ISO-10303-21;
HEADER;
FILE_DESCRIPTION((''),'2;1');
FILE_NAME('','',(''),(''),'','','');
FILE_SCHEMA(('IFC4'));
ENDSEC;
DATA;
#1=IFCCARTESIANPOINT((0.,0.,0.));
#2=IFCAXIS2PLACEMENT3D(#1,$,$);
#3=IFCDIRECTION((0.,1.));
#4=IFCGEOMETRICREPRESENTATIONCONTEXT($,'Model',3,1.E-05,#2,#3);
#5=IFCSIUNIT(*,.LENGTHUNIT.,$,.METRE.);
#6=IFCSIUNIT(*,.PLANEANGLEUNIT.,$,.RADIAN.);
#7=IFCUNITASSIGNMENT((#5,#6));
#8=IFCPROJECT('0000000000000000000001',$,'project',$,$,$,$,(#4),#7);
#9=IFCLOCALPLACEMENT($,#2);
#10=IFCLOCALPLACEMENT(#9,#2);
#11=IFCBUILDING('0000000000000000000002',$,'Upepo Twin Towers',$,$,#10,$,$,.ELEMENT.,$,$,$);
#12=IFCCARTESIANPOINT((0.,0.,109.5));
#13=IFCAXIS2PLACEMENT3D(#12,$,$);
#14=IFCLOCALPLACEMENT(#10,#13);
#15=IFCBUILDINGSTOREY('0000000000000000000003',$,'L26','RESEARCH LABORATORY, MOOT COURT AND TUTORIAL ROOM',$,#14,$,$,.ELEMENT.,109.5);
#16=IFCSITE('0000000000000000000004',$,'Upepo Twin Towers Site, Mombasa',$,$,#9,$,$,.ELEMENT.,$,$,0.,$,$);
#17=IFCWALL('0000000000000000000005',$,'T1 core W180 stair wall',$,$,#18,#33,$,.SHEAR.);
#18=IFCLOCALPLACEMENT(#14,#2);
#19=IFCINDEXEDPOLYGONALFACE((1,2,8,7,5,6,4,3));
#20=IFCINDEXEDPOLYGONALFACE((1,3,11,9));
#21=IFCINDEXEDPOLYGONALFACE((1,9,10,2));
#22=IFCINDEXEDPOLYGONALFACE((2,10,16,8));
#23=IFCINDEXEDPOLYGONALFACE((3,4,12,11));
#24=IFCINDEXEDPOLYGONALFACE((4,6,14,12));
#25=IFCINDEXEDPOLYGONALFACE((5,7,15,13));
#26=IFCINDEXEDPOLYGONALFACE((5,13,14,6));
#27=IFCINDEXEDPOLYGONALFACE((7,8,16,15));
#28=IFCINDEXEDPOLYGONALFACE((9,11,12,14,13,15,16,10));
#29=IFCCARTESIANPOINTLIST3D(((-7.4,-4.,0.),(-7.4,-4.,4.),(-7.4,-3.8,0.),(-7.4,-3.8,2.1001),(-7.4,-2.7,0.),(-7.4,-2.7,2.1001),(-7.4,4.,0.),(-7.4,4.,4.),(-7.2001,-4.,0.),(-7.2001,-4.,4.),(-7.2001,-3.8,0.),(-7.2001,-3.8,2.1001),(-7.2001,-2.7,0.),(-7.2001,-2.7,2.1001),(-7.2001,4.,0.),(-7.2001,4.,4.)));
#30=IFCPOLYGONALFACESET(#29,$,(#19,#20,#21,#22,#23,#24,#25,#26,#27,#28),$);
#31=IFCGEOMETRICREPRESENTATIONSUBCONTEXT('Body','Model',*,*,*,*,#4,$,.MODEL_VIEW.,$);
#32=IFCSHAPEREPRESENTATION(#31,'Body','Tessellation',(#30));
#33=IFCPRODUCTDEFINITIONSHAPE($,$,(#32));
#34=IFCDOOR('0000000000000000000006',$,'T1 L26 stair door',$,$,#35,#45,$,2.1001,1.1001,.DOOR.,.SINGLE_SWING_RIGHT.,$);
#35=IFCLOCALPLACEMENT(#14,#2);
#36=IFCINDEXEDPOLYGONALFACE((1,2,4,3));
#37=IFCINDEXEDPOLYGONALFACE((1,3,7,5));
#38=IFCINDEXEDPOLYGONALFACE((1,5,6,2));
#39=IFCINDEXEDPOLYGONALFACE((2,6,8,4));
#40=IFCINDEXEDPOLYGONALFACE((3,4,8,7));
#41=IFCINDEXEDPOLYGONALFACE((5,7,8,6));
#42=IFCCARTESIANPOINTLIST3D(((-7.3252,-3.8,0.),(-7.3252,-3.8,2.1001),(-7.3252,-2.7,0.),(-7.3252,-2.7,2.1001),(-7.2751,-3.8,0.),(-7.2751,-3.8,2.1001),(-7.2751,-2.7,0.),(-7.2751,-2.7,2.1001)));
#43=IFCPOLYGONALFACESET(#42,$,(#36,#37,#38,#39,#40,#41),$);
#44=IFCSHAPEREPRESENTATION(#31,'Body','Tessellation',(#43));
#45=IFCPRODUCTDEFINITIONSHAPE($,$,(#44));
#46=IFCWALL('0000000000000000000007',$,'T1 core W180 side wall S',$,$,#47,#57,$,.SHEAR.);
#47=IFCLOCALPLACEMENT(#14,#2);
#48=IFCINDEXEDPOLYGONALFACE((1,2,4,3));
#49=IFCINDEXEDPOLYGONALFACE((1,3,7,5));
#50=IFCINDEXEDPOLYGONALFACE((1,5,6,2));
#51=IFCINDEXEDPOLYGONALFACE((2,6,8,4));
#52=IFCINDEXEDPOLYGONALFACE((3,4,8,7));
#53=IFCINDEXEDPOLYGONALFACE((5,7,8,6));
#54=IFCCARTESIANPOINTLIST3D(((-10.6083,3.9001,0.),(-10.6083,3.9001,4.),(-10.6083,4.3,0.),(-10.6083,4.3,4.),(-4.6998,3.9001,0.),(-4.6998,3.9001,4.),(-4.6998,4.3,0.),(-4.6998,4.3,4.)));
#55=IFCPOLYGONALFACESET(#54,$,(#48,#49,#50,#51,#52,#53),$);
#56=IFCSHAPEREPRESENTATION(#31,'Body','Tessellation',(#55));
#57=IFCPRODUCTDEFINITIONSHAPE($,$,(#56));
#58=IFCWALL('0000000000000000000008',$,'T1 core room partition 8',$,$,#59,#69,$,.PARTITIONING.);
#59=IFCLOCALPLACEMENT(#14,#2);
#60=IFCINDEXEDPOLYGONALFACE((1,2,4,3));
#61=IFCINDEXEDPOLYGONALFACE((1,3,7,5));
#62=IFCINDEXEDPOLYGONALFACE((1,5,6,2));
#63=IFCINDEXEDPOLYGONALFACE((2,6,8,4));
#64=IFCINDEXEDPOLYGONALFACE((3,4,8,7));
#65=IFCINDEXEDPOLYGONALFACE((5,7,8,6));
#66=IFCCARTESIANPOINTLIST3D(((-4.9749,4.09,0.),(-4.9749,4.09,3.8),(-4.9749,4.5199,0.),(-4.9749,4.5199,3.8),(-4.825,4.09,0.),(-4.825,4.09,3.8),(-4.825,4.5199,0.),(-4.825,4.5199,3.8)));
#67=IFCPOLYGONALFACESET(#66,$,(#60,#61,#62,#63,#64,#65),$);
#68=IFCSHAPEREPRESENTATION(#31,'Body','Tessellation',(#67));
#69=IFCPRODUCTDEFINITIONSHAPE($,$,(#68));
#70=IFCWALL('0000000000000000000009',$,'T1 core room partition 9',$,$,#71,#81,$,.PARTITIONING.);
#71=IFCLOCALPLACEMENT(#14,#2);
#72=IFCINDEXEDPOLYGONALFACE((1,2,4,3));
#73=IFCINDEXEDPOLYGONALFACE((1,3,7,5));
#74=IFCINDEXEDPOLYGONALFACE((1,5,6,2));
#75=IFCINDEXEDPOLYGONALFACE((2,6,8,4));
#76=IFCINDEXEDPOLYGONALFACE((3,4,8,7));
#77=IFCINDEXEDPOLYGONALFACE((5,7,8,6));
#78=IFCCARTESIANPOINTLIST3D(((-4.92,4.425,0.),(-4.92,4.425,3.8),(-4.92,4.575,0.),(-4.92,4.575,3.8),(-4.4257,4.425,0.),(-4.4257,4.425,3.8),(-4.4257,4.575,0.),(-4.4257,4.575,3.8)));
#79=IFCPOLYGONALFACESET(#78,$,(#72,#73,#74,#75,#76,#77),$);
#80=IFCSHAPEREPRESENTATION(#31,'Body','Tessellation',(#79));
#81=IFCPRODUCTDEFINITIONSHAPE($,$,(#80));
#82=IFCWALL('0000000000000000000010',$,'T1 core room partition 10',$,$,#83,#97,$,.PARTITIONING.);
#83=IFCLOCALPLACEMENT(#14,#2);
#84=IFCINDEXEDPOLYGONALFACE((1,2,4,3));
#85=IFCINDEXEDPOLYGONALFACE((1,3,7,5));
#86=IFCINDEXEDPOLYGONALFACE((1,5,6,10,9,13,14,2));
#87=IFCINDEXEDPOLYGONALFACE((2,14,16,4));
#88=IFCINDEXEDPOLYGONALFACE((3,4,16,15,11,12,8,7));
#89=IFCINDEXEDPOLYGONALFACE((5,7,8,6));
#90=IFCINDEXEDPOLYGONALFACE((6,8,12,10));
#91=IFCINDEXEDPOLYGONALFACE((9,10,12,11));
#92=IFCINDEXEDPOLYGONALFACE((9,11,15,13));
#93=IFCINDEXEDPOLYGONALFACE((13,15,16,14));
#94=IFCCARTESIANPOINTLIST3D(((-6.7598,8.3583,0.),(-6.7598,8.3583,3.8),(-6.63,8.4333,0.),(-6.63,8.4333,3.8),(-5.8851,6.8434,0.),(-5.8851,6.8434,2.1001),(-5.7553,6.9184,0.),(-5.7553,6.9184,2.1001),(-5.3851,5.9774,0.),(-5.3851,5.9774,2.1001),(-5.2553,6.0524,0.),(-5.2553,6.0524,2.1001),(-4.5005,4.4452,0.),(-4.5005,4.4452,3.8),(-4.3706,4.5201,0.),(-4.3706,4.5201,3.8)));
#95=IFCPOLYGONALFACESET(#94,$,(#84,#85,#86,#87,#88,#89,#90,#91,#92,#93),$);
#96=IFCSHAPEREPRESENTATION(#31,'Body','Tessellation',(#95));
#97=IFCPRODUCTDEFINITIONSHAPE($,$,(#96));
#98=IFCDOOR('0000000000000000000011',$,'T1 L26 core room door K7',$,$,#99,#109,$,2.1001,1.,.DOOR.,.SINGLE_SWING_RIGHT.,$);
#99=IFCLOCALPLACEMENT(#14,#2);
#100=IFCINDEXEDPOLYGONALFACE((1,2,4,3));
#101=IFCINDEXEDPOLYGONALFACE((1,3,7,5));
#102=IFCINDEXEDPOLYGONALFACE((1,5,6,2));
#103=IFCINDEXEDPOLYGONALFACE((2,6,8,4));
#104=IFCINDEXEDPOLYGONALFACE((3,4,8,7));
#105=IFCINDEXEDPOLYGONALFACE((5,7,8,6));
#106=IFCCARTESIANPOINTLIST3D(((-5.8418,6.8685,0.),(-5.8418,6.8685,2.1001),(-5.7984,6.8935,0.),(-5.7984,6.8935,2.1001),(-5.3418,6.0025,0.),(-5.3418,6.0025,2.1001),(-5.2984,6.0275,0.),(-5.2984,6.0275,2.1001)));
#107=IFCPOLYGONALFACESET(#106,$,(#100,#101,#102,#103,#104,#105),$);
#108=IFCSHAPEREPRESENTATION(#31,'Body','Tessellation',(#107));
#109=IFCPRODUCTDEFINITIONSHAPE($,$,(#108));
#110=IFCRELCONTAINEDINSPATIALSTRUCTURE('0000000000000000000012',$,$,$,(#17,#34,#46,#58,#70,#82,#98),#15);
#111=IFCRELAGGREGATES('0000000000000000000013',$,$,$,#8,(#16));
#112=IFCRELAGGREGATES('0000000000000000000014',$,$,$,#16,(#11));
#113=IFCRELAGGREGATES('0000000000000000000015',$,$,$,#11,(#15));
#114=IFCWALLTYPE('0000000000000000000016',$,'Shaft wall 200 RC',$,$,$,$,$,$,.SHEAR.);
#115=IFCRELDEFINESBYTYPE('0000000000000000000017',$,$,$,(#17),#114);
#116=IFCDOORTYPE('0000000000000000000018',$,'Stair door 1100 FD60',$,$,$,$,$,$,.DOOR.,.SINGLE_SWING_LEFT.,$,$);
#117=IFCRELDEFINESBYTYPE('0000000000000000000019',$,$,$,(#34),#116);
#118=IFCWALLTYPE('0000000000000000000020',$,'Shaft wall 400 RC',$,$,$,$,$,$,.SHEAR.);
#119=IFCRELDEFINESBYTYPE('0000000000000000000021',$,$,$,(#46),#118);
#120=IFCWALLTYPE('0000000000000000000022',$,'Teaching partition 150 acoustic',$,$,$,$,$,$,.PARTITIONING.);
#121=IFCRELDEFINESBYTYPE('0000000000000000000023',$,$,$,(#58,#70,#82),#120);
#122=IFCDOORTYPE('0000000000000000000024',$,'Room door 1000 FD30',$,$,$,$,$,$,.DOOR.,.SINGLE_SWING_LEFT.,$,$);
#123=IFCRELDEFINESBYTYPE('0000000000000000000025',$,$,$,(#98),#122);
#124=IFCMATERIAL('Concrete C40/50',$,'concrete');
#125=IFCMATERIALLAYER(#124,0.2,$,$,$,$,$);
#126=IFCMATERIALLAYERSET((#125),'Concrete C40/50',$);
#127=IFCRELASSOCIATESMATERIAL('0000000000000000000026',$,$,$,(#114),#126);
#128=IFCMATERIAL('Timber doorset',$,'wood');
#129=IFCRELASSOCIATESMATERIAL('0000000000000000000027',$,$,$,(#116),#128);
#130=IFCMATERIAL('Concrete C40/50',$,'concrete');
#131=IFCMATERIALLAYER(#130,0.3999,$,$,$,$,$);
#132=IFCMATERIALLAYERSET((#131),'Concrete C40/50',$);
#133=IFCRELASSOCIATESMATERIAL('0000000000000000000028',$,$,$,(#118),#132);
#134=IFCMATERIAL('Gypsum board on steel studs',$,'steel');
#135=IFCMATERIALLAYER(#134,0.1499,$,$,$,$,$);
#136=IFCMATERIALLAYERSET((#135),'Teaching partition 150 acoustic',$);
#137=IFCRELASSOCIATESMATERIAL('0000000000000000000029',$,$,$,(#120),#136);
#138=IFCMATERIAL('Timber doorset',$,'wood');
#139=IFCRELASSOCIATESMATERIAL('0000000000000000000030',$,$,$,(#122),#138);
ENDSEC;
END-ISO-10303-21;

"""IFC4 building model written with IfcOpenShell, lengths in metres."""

from ifc_helpers import new_model, si_unit, direction, frame, frame_2d, origin, place, context, subcontext, project, spatial, rectangle, extrude, material, layer, layer_set, type_object, element, fill, save


model = new_model("IFC4")

# Units and contexts
model_context = context("Model", 3, precision=1e-05, world=origin(), true_north=direction((0.0, 1.0)))
body_context = subcontext(model_context, "Body", "Model", "MODEL_VIEW")
ifc_project = project(units=[si_unit("LENGTHUNIT", "METRE"), si_unit("PLANEANGLEUNIT", "RADIAN")], contexts=[model_context])

# Site, building, storey
site_placement = place(None, origin())
site = spatial("IfcSite", under=ifc_project, at=site_placement, Name="Upepo Twin Towers Site, Mombasa", CompositionType="ELEMENT", RefElevation=0.0)
building_placement = place(site_placement, origin())
building = spatial("IfcBuilding", under=site, at=building_placement, Name="Upepo Twin Towers", CompositionType="ELEMENT")
storey_placement = place(building_placement, frame((0.0, 0.0, 109.5)))
storey = spatial("IfcBuildingStorey", under=building, at=storey_placement, Name="L26", Description="RESEARCH LABORATORY, MOOT COURT AND TUTORIAL ROOM", CompositionType="ELEMENT", Elevation=109.5)

# Shared definitions
ifc_material_1 = material(Name="Concrete C40/50", Category="concrete")
ifc_layer_1 = layer(ifc_material_1, 0.2)
ifc_layer_set_1 = layer_set([ifc_layer_1], Name="Concrete C40/50")
wall_type_1 = type_object("IfcWallType", Name="Shaft wall 200 RC", PredefinedType="SHEAR", material=ifc_layer_set_1)

# Wall, opening, door
wall_1_placement = place(storey_placement, frame((-7.3, 4.0, 0.0), z_axis=(0.0, 0.0, 1.0), x_axis=(0.0, -1.0, 0.0)))
wall_1 = element("IfcWall", 1, at=wall_1_placement, inside=storey, type_object=wall_type_1, Name="T1 core W180 stair wall", PredefinedType="SHEAR", context=body_context, shape_type="SweptSolid", body=[
    extrude(rectangle(XDim=8.0, YDim=0.2, at=frame_2d((4.0, 0.0))), origin(), (0.0, 0.0, 1.0), 4.0),
])
opening_1_placement = place(wall_1_placement, frame((6.7, 0.0, 0.0)))
opening_1 = element("IfcOpeningElement", 2, at=opening_1_placement, cuts=wall_1, PredefinedType="OPENING", context=body_context, shape_type="SweptSolid", body=[
    extrude(rectangle(XDim=1.1001, YDim=2.1001, at=frame_2d((0.55, 1.05))), frame((0.0, 0.1099, 0.0), z_axis=(0.0, -1.0, 0.0), x_axis=(1.0, 0.0, 0.0)), (0.0, 0.0, 1.0), 0.22),
])
ifc_material_2 = material(Name="Timber doorset", Category="wood")
door_type_1 = type_object("IfcDoorType", Name="Stair door 1100 FD60", OperationType="SINGLE_SWING_LEFT", PredefinedType="DOOR", material=ifc_material_2)
door_1_placement = place(opening_1_placement, origin())
door_1 = element("IfcDoor", 3, at=door_1_placement, inside=storey, type_object=door_type_1, Name="T1 L26 stair door", OperationType="SINGLE_SWING_RIGHT", OverallHeight=2.1001, OverallWidth=1.1001, PredefinedType="DOOR", context=body_context, shape_type="SweptSolid", body=[
    extrude(rectangle(XDim=1.1001, YDim=2.1001, at=frame_2d((0.55, 1.05))), frame((0.0, 0.0249, 0.0), z_axis=(0.0, -1.0, 0.0), x_axis=(1.0, 0.0, 0.0)), (0.0, 0.0, 1.0), 0.05),
])
fill(opening_1, door_1)

# Walls
ifc_material_3 = material(Name="Concrete C40/50", Category="concrete")
ifc_layer_2 = layer(ifc_material_3, 0.3999)
ifc_layer_set_2 = layer_set([ifc_layer_2], Name="Concrete C40/50")
wall_type_2 = type_object("IfcWallType", Name="Shaft wall 400 RC", PredefinedType="SHEAR", material=ifc_layer_set_2)
wall_2_placement = place(storey_placement, frame((-4.7, 4.1001, 0.0), z_axis=(0.0, 0.0, 1.0), x_axis=(-1.0, 0.0, 0.0)))
element("IfcWall", 4, at=wall_2_placement, inside=storey, type_object=wall_type_2, Name="T1 core W180 side wall S", PredefinedType="SHEAR", context=body_context, shape_type="SweptSolid", body=[
    extrude(rectangle(XDim=5.9084, YDim=0.3999, at=frame_2d((2.9541, 0.0))), origin(), (0.0, 0.0, 1.0), 4.0),
])
ifc_material_4 = material(Name="Gypsum board on steel studs", Category="steel")
ifc_layer_3 = layer(ifc_material_4, 0.1499)
ifc_layer_set_3 = layer_set([ifc_layer_3], Name="Teaching partition 150 acoustic")
wall_type_3 = type_object("IfcWallType", Name="Teaching partition 150 acoustic", PredefinedType="PARTITIONING", material=ifc_layer_set_3)
wall_3_placement = place(storey_placement, frame((-4.8999, 4.0901, 0.0), z_axis=(0.0, 0.0, 1.0), x_axis=(0.0, 1.0, 0.0)))
element("IfcWall", 5, at=wall_3_placement, inside=storey, type_object=wall_type_3, Name="T1 core room partition 8", PredefinedType="PARTITIONING", context=body_context, shape_type="SweptSolid", body=[
    extrude(rectangle(XDim=0.4299, YDim=0.1499, at=frame_2d((0.2148, 0.0))), origin(), (0.0, 0.0, 1.0), 3.8),
])
wall_4_placement = place(storey_placement, frame((-4.9199, 4.5, 0.0), z_axis=(0.0, 0.0, 1.0), x_axis=(1.0, 0.0, 0.0)))
element("IfcWall", 6, at=wall_4_placement, inside=storey, type_object=wall_type_3, Name="T1 core room partition 9", PredefinedType="PARTITIONING", context=body_context, shape_type="SweptSolid", body=[
    extrude(rectangle(XDim=0.4944, YDim=0.1499, at=frame_2d((0.2471, 0.0))), origin(), (0.0, 0.0, 1.0), 3.8),
])

# Wall, opening, door
wall_5_placement = place(storey_placement, frame((-4.4355, 4.4827, 0.0), z_axis=(0.0, 0.0, 1.0), x_axis=(-0.500009, 0.86602, 0.0)))
wall_5 = element("IfcWall", 7, at=wall_5_placement, inside=storey, type_object=wall_type_3, Name="T1 core room partition 10", PredefinedType="PARTITIONING", context=body_context, shape_type="SweptSolid", body=[
    extrude(rectangle(XDim=4.5186, YDim=0.1499, at=frame_2d((2.2593, 0.0))), origin(), (0.0, 0.0, 1.0), 3.8),
])
opening_2_placement = place(wall_5_placement, frame((1.7693, 0.0, 0.0)))
opening_2 = element("IfcOpeningElement", 8, at=opening_2_placement, cuts=wall_5, PredefinedType="OPENING", context=body_context, shape_type="SweptSolid", body=[
    extrude(rectangle(XDim=1.0, YDim=2.1001, at=frame_2d((0.5, 1.05))), frame((0.0, 0.085, 0.0), z_axis=(0.0, -1.0, 0.0), x_axis=(1.0, 0.0, 0.0)), (0.0, 0.0, 1.0), 0.1699),
])
ifc_material_5 = material(Name="Timber doorset", Category="wood")
door_type_2 = type_object("IfcDoorType", Name="Room door 1000 FD30", OperationType="SINGLE_SWING_LEFT", PredefinedType="DOOR", material=ifc_material_5)
door_2_placement = place(opening_2_placement, origin())
door_2 = element("IfcDoor", 9, at=door_2_placement, inside=storey, type_object=door_type_2, Name="T1 L26 core room door K7", OperationType="SINGLE_SWING_RIGHT", OverallHeight=2.1001, OverallWidth=1.0, PredefinedType="DOOR", context=body_context, shape_type="SweptSolid", body=[
    extrude(rectangle(XDim=1.0, YDim=2.1001, at=frame_2d((0.5, 1.05))), frame((0.0, 0.0249, 0.0), z_axis=(0.0, -1.0, 0.0), x_axis=(1.0, 0.0, 0.0)), (0.0, 0.0, 1.0), 0.05),
])
fill(opening_2, door_2)

save(model, "model.ifc")
